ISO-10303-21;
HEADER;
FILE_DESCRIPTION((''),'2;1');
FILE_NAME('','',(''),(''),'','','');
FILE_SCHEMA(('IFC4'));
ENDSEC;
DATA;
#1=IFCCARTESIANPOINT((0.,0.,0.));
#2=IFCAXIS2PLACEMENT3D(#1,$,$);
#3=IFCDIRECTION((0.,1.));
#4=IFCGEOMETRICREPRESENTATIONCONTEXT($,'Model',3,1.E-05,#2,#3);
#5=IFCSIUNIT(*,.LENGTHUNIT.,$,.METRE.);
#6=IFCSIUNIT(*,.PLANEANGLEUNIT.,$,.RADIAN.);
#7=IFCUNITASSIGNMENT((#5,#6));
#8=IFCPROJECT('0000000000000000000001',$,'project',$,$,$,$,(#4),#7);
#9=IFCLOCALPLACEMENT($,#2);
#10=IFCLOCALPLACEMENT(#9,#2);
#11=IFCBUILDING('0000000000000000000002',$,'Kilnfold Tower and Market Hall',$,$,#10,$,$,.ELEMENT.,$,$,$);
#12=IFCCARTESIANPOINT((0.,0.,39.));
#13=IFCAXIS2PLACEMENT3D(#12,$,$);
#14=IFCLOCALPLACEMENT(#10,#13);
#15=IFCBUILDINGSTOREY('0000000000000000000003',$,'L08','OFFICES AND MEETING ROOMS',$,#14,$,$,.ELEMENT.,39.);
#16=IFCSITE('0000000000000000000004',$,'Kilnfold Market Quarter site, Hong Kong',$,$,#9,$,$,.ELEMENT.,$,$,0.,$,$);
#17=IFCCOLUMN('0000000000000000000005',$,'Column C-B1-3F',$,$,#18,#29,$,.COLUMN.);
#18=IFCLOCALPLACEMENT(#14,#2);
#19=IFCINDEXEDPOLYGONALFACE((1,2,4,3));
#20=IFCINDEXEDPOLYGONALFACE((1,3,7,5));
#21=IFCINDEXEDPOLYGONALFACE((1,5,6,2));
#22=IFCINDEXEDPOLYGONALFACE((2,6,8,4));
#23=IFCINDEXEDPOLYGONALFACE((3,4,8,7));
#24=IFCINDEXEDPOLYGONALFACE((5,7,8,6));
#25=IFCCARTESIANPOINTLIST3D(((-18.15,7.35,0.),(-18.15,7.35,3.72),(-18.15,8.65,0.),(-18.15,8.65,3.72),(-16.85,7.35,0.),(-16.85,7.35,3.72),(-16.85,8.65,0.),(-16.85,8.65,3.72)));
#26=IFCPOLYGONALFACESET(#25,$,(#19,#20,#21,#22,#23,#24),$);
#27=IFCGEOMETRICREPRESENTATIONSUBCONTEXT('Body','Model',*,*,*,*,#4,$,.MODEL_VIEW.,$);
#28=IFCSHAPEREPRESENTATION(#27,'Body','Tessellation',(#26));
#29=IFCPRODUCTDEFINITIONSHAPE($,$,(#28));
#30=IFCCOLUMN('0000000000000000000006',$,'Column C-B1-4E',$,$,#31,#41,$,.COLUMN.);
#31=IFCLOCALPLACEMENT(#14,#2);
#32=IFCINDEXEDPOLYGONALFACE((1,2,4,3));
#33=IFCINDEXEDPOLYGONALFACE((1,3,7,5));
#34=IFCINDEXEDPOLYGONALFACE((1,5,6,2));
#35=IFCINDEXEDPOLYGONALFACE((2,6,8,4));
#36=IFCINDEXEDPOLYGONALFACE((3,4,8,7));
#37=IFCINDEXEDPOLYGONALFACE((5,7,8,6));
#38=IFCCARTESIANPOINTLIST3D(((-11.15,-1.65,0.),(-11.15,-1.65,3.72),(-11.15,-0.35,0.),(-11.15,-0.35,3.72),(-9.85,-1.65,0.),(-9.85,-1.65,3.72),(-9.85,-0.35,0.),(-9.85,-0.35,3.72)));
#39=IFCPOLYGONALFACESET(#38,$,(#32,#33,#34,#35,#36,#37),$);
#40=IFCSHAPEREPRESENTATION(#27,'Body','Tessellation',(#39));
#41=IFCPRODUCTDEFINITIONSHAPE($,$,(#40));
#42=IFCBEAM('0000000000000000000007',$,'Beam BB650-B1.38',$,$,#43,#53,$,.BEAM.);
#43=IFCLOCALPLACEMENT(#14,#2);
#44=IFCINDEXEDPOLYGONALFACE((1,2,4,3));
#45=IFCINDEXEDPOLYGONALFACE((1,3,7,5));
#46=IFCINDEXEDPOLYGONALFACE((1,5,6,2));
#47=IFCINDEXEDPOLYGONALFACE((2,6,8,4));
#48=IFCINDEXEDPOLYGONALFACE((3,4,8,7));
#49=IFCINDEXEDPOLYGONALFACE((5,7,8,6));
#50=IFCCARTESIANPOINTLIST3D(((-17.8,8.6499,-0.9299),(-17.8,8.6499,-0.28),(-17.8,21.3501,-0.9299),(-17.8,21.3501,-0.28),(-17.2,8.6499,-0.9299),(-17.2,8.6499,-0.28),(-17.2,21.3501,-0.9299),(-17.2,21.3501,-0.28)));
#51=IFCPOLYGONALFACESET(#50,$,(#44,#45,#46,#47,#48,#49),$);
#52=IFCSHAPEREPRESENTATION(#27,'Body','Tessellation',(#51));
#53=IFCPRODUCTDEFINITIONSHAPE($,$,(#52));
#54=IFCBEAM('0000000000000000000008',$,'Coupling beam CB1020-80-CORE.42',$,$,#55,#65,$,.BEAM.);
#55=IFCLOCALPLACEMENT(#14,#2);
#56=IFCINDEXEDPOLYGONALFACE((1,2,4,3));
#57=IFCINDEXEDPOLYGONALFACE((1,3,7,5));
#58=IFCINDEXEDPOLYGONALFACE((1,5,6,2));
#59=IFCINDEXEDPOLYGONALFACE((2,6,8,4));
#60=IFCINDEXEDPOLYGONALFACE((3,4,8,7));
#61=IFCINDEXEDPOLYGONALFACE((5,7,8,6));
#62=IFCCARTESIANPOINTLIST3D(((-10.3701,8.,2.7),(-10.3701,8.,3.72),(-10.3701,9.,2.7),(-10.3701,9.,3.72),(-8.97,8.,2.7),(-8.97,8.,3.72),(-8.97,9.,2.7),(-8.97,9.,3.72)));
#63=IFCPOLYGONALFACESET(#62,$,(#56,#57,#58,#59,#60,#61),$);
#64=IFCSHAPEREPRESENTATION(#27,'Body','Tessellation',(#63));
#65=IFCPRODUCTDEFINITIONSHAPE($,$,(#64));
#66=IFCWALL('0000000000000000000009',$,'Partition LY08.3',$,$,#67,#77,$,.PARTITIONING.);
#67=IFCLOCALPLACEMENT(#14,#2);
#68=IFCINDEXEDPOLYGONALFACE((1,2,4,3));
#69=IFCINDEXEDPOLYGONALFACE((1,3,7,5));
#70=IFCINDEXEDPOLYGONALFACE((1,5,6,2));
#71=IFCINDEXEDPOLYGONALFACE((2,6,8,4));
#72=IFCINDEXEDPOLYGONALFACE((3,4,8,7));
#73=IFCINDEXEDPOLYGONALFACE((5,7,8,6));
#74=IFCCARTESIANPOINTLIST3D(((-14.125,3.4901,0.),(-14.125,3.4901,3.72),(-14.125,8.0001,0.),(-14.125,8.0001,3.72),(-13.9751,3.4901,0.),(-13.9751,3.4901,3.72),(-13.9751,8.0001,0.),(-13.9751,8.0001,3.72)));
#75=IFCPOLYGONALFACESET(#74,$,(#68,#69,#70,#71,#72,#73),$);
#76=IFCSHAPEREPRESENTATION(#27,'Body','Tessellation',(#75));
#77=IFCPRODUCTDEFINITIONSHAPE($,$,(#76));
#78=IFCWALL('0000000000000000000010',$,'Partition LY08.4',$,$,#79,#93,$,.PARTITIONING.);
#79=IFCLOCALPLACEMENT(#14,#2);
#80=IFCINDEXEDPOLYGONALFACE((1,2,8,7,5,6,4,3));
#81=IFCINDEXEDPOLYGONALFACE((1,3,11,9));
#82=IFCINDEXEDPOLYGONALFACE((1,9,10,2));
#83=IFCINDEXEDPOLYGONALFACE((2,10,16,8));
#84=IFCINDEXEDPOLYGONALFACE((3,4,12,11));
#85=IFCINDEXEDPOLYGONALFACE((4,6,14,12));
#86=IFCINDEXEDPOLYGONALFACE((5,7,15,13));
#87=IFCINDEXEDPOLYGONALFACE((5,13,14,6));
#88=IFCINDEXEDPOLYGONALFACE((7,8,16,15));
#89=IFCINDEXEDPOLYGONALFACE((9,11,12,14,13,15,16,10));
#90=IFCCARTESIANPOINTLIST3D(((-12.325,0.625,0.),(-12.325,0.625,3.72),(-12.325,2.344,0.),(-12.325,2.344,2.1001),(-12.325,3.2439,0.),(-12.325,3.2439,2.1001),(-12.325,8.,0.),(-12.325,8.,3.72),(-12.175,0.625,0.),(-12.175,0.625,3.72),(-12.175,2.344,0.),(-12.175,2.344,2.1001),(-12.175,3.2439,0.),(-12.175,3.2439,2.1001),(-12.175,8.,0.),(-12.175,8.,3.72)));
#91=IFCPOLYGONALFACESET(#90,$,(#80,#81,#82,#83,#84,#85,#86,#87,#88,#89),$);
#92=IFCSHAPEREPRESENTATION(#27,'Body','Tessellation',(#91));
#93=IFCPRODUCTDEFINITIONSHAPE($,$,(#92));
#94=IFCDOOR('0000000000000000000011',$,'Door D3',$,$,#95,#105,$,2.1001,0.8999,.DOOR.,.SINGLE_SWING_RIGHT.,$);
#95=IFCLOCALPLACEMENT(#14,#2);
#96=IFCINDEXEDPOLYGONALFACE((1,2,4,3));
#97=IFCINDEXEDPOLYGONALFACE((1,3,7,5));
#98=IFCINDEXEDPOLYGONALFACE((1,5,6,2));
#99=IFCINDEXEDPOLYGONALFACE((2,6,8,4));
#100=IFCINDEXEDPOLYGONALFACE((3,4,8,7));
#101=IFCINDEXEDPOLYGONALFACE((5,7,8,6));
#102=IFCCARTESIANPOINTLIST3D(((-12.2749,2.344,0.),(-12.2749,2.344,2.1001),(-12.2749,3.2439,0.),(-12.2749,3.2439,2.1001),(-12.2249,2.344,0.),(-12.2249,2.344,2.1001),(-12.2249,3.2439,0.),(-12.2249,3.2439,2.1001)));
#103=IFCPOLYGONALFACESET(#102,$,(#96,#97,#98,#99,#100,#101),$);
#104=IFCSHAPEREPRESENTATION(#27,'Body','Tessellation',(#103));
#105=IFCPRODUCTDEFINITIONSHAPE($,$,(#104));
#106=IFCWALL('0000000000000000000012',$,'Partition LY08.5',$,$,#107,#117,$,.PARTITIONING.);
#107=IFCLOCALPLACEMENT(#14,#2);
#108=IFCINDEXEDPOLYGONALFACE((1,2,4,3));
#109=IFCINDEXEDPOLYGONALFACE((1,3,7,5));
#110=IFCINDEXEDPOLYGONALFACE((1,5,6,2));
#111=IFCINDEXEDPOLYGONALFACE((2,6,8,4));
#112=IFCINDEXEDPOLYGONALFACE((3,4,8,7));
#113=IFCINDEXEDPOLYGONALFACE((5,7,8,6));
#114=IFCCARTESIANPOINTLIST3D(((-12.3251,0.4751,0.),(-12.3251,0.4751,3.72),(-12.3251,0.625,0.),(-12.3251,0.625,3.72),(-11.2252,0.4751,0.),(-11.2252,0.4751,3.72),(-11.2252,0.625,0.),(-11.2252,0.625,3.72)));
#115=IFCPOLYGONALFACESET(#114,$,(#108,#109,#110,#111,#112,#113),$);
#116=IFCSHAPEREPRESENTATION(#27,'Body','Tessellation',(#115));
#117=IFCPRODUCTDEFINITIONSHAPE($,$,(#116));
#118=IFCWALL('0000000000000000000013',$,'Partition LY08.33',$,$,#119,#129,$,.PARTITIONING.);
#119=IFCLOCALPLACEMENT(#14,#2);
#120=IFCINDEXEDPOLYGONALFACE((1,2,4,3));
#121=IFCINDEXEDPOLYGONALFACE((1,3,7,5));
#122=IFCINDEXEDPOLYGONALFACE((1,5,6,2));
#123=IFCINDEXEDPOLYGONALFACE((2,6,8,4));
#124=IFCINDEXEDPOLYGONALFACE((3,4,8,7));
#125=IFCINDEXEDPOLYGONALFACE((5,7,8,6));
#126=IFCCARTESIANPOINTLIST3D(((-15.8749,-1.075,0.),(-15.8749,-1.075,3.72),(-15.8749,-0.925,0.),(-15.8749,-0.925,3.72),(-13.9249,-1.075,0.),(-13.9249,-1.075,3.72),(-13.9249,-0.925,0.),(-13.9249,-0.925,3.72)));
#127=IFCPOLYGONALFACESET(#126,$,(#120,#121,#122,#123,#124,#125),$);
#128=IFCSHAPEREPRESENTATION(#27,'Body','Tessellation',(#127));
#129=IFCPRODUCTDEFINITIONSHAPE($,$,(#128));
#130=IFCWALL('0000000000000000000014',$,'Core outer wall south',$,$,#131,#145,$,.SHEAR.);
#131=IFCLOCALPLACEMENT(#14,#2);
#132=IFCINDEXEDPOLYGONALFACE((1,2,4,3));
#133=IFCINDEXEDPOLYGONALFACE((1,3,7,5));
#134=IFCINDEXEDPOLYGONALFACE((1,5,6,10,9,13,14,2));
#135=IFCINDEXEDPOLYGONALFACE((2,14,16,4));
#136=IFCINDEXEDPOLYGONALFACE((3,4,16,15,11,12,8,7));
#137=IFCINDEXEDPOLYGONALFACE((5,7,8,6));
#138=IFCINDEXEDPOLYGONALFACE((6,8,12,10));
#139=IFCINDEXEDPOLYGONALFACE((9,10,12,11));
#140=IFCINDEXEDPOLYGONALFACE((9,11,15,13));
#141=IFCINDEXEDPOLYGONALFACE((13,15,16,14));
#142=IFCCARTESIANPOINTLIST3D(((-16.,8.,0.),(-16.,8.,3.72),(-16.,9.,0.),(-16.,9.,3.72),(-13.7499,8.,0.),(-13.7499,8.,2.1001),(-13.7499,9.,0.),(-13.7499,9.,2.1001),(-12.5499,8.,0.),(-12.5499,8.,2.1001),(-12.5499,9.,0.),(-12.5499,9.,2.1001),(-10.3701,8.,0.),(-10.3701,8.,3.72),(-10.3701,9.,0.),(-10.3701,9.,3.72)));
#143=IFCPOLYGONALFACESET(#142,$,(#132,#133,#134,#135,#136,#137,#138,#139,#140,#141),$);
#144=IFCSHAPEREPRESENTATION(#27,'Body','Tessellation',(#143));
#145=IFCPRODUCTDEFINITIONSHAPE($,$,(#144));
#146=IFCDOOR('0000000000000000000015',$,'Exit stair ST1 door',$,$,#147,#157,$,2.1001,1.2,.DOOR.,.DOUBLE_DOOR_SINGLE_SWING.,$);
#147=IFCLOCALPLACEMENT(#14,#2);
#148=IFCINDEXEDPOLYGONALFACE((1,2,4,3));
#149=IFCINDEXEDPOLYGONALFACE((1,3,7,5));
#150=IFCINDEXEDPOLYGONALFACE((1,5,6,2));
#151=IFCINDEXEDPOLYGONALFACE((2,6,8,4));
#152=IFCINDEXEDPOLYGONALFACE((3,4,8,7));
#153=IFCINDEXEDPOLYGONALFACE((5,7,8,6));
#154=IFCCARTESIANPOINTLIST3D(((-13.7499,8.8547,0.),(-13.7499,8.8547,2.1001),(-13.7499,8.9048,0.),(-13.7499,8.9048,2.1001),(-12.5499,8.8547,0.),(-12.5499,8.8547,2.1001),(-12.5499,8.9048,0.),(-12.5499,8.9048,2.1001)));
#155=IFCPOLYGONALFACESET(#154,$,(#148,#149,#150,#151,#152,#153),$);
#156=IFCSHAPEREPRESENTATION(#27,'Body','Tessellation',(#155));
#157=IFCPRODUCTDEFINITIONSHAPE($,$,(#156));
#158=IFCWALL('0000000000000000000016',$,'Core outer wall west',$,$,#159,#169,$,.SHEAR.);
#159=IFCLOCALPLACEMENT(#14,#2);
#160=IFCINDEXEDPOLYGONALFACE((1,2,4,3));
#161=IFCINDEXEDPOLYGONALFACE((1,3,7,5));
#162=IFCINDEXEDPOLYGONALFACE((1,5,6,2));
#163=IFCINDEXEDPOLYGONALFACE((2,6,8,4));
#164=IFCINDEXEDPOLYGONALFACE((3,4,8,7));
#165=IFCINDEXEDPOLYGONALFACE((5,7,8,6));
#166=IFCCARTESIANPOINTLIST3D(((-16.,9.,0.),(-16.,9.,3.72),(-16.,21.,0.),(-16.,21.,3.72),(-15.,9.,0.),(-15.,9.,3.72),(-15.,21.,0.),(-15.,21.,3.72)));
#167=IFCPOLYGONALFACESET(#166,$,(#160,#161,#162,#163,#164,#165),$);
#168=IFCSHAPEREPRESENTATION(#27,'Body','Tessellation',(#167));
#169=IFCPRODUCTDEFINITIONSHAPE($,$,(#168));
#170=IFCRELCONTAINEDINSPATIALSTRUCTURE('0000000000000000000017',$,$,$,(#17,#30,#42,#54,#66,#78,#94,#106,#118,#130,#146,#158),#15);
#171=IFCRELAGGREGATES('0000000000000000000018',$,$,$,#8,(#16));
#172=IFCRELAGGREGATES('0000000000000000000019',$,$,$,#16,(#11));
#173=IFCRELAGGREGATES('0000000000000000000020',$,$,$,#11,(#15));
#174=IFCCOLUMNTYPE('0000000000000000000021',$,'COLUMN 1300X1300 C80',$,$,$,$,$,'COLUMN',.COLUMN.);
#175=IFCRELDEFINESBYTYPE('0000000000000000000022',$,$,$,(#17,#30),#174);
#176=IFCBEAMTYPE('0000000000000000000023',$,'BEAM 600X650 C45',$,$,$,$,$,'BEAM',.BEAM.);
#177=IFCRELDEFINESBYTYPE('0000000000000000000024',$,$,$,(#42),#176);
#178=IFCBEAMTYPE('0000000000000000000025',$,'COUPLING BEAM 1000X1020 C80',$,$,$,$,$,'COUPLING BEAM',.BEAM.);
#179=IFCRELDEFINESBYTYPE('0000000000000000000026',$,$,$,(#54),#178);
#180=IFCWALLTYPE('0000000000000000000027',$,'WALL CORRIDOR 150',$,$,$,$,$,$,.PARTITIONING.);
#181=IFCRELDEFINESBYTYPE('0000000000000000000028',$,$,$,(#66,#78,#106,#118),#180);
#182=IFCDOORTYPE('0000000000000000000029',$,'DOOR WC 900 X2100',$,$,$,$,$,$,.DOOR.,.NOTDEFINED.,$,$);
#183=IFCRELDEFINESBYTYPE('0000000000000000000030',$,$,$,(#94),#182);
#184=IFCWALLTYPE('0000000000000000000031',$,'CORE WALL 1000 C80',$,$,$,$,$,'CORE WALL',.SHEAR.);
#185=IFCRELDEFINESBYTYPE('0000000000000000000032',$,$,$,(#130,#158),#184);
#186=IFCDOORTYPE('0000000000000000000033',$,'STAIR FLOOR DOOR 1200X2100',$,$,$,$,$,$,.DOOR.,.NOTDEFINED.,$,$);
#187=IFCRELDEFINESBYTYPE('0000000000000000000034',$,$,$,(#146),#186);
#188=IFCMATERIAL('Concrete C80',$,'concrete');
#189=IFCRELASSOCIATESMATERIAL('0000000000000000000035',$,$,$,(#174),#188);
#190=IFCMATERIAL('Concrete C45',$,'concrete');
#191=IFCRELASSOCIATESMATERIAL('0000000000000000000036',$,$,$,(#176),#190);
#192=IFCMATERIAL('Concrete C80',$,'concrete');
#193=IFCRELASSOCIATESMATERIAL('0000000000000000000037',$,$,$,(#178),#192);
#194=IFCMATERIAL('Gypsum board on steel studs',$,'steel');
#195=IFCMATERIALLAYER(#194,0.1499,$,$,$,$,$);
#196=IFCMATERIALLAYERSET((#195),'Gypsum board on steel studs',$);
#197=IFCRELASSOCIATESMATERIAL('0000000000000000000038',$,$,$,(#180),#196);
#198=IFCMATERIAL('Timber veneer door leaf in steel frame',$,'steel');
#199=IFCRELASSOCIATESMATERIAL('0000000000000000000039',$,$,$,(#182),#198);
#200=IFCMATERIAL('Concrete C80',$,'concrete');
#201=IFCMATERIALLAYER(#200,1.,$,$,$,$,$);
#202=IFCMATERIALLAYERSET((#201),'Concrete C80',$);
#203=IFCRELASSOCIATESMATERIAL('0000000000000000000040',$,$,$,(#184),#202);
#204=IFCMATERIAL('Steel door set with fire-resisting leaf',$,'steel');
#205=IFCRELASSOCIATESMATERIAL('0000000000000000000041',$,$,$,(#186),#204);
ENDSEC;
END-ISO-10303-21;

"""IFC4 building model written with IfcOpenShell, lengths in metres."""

from ifc_helpers import new_model, si_unit, direction, frame, frame_2d, origin, origin_2d, place, context, subcontext, project, spatial, rectangle, extrude, source, transform, mapped, material, layer, layer_set, material_profile, profile_set, type_object, element, fill, save


model = new_model("IFC4")

# Units and contexts
model_context = context("Model", 3, precision=1e-05, world=origin(), true_north=direction((0.0, 1.0)))
body_context = subcontext(model_context, "Body", "Model", "MODEL_VIEW")
ifc_project = project(units=[si_unit("LENGTHUNIT", "METRE"), si_unit("PLANEANGLEUNIT", "RADIAN")], contexts=[model_context])

# Site, building, storey
site_placement = place(None, origin())
site = spatial("IfcSite", under=ifc_project, at=site_placement, Name="Kilnfold Market Quarter site, Hong Kong", CompositionType="ELEMENT", RefElevation=0.0)
building_placement = place(site_placement, origin())
building = spatial("IfcBuilding", under=site, at=building_placement, Name="Kilnfold Tower and Market Hall", CompositionType="ELEMENT")
storey_placement = place(building_placement, frame((0.0, 0.0, 39.0)))
storey = spatial("IfcBuildingStorey", under=building, at=storey_placement, Name="L08", Description="OFFICES AND MEETING ROOMS", CompositionType="ELEMENT", Elevation=39.0)

# Columns
ifc_material_1 = material(Name="Concrete C80", Category="concrete")
ifc_material_profile_1 = material_profile(ifc_material_1, rectangle(XDim=1.3, YDim=1.3, at=origin_2d()), Name="RC 1300x1300")
ifc_profile_set_1 = profile_set([ifc_material_profile_1], Name="Concrete C80")
column_type = type_object("IfcColumnType", Name="COLUMN 1300X1300 C80", ElementType="COLUMN", PredefinedType="COLUMN", material=ifc_profile_set_1)
shared_shape_1 = source(origin(), body_context, "Body", "SweptSolid", [
    extrude(rectangle(XDim=1.3, YDim=1.3, at=origin_2d()), origin(), (0.0, 0.0, 1.0), 3.72),
])
for number, where, z_axis, x_axis, name in (
    (1, (-17.5, 8.0, 0.0), (0.0, 0.0, 1.0), (1.0, 0.0, 0.0), "Column C-B1-3F"),
    (2, (-10.5, -1.0, 0.0), (0.0, 0.0, 1.0), (1.0, 0.0, 0.0), "Column C-B1-4E"),
):
    element("IfcColumn", number, at=place(storey_placement, frame(where, z_axis=z_axis, x_axis=x_axis)), inside=storey, type_object=column_type, Name=name, PredefinedType="COLUMN", context=body_context, shape_type="MappedRepresentation", body=[
        mapped(shared_shape_1, transform((0.0, 0.0, 0.0))),
    ])

# Beams
ifc_material_2 = material(Name="Concrete C45", Category="concrete")
ifc_material_profile_2 = material_profile(ifc_material_2, rectangle(XDim=0.6001, YDim=0.6499, at=origin_2d()), Name="RC 600x650")
ifc_profile_set_2 = profile_set([ifc_material_profile_2], Name="Concrete C45")
beam_type_1 = type_object("IfcBeamType", Name="BEAM 600X650 C45", ElementType="BEAM", PredefinedType="BEAM", material=ifc_profile_set_2)
shared_shape_2 = source(origin(), body_context, "Body", "SweptSolid", [
    extrude(rectangle(XDim=0.6001, YDim=0.6499, at=origin_2d()), origin(), (0.0, 0.0, 1.0), 12.7002),
])
beam_1_placement = place(storey_placement, frame((-17.5, 8.6499, -0.605), z_axis=(0.0, 1.0, 0.0), x_axis=(-1.0, 0.0, 0.0)))
element("IfcBeam", 3, at=beam_1_placement, inside=storey, type_object=beam_type_1, Name="Beam BB650-B1.38", PredefinedType="BEAM", context=body_context, shape_type="MappedRepresentation", body=[
    mapped(shared_shape_2, transform((0.0, 0.0, 0.0))),
])
ifc_material_3 = material(Name="Concrete C80", Category="concrete")
ifc_material_profile_3 = material_profile(ifc_material_3, rectangle(XDim=1.0, YDim=1.02, at=origin_2d()), Name="RC 1000x1020")
ifc_profile_set_3 = profile_set([ifc_material_profile_3], Name="Concrete C80")
beam_type_2 = type_object("IfcBeamType", Name="COUPLING BEAM 1000X1020 C80", ElementType="COUPLING BEAM", PredefinedType="BEAM", material=ifc_profile_set_3)
shared_shape_3 = source(origin(), body_context, "Body", "SweptSolid", [
    extrude(rectangle(XDim=1.0, YDim=1.02, at=origin_2d()), origin(), (0.0, 0.0, 1.0), 1.4001),
])
beam_2_placement = place(storey_placement, frame((-10.3701, 8.5, 3.21), z_axis=(1.0, 0.0, 0.0), x_axis=(0.0, 1.0, 0.0)))
element("IfcBeam", 4, at=beam_2_placement, inside=storey, type_object=beam_type_2, Name="Coupling beam CB1020-80-CORE.42", PredefinedType="BEAM", context=body_context, shape_type="MappedRepresentation", body=[
    mapped(shared_shape_3, transform((0.0, 0.0, 0.0))),
])

# Wall
ifc_material_4 = material(Name="Gypsum board on steel studs", Category="steel")
ifc_layer_1 = layer(ifc_material_4, 0.1499)
ifc_layer_set_1 = layer_set([ifc_layer_1], Name="Gypsum board on steel studs")
wall_type_1 = type_object("IfcWallType", Name="WALL CORRIDOR 150", PredefinedType="PARTITIONING", material=ifc_layer_set_1)
wall_1_placement = place(storey_placement, frame((-14.05, 8.0, 0.0), z_axis=(0.0, 0.0, 1.0), x_axis=(0.0, -1.0, 0.0)))
element("IfcWall", 5, at=wall_1_placement, inside=storey, type_object=wall_type_1, Name="Partition LY08.3", PredefinedType="PARTITIONING", context=body_context, shape_type="SweptSolid", body=[
    extrude(rectangle(XDim=4.51, YDim=0.1499, at=frame_2d((2.2549, 0.0))), origin(), (0.0, 0.0, 1.0), 3.72),
])

# Wall, opening, door
wall_2_placement = place(storey_placement, frame((-12.25, 0.625, 0.0), z_axis=(0.0, 0.0, 1.0), x_axis=(0.0, 1.0, 0.0)))
wall_2 = element("IfcWall", 6, at=wall_2_placement, inside=storey, type_object=wall_type_1, Name="Partition LY08.4", PredefinedType="PARTITIONING", context=body_context, shape_type="SweptSolid", body=[
    extrude(rectangle(XDim=7.375, YDim=0.1499, at=frame_2d((3.6875, 0.0))), origin(), (0.0, 0.0, 1.0), 3.72),
])
opening_1_placement = place(wall_2_placement, frame((1.719, 0.0, 0.0)))
opening_1 = element("IfcOpeningElement", 7, at=opening_1_placement, cuts=wall_2, PredefinedType="OPENING", context=body_context, shape_type="SweptSolid", body=[
    extrude(rectangle(XDim=0.8999, YDim=2.1001, at=frame_2d((0.45, 1.05))), frame((0.0, 0.085, 0.0), z_axis=(0.0, -1.0, 0.0), x_axis=(1.0, 0.0, 0.0)), (0.0, 0.0, 1.0), 0.1699),
])
ifc_material_5 = material(Name="Timber veneer door leaf in steel frame", Category="steel")
door_type_1 = type_object("IfcDoorType", Name="DOOR WC 900 X2100", OperationType="NOTDEFINED", PredefinedType="DOOR", material=ifc_material_5)
door_1_placement = place(opening_1_placement, origin())
door_1 = element("IfcDoor", 8, at=door_1_placement, inside=storey, type_object=door_type_1, Name="Door D3", OperationType="SINGLE_SWING_RIGHT", OverallHeight=2.1001, OverallWidth=0.8999, PredefinedType="DOOR", context=body_context, shape_type="SweptSolid", body=[
    extrude(rectangle(XDim=0.8999, YDim=2.1001, at=frame_2d((0.45, 1.05))), frame((0.0, 0.0249, 0.0), z_axis=(0.0, -1.0, 0.0), x_axis=(1.0, 0.0, 0.0)), (0.0, 0.0, 1.0), 0.05),
])
fill(opening_1, door_1)

# Walls
wall_3_placement = place(storey_placement, frame((-12.325, 0.55, 0.0), z_axis=(0.0, 0.0, 1.0), x_axis=(1.0, 0.0, 0.0)))
element("IfcWall", 9, at=wall_3_placement, inside=storey, type_object=wall_type_1, Name="Partition LY08.5", PredefinedType="PARTITIONING", context=body_context, shape_type="SweptSolid", body=[
    extrude(rectangle(XDim=1.0999, YDim=0.1499, at=frame_2d((0.5498, 0.0))), origin(), (0.0, 0.0, 1.0), 3.72),
])
wall_4_placement = place(storey_placement, frame((-15.875, -1.0, 0.0), z_axis=(0.0, 0.0, 1.0), x_axis=(1.0, 0.0, 0.0)))
element("IfcWall", 10, at=wall_4_placement, inside=storey, type_object=wall_type_1, Name="Partition LY08.33", PredefinedType="PARTITIONING", context=body_context, shape_type="SweptSolid", body=[
    extrude(rectangle(XDim=1.95, YDim=0.1499, at=frame_2d((0.9751, 0.0))), origin(), (0.0, 0.0, 1.0), 3.72),
])

# Wall, opening, door
ifc_material_6 = material(Name="Concrete C80", Category="concrete")
ifc_layer_2 = layer(ifc_material_6, 1.0)
ifc_layer_set_2 = layer_set([ifc_layer_2], Name="Concrete C80")
wall_type_2 = type_object("IfcWallType", Name="CORE WALL 1000 C80", ElementType="CORE WALL", PredefinedType="SHEAR", material=ifc_layer_set_2)
shared_shape_4 = source(origin(), body_context, "Body", "SweptSolid", [
    extrude(rectangle(XDim=5.6299, YDim=1.0, at=frame_2d((2.8149, 0.0))), origin(), (0.0, 0.0, 1.0), 3.72),
])
wall_5_placement = place(storey_placement, frame((-16.0, 8.5, 0.0), z_axis=(0.0, 0.0, 1.0), x_axis=(1.0, 0.0, 0.0)))
wall_5 = element("IfcWall", 11, at=wall_5_placement, inside=storey, type_object=wall_type_2, Name="Core outer wall south", PredefinedType="SHEAR", context=body_context, shape_type="MappedRepresentation", body=[
    mapped(shared_shape_4, transform((0.0, 0.0, 0.0))),
])
opening_2_placement = place(wall_5_placement, frame((2.25, 0.0, 0.0)))
opening_2 = element("IfcOpeningElement", 12, at=opening_2_placement, cuts=wall_5, PredefinedType="OPENING", context=body_context, shape_type="SweptSolid", body=[
    extrude(rectangle(XDim=1.2, YDim=2.1001, at=frame_2d((0.6001, 1.05))), frame((0.0, 0.51, 0.0), z_axis=(0.0, -1.0, 0.0), x_axis=(1.0, 0.0, 0.0)), (0.0, 0.0, 1.0), 1.02),
])
ifc_material_7 = material(Name="Steel door set with fire-resisting leaf", Category="steel")
door_type_2 = type_object("IfcDoorType", Name="STAIR FLOOR DOOR 1200X2100", OperationType="NOTDEFINED", PredefinedType="DOOR", material=ifc_material_7)
door_2_placement = place(opening_2_placement, origin())
door_2 = element("IfcDoor", 13, at=door_2_placement, inside=storey, type_object=door_type_2, Name="Exit stair ST1 door", OperationType="DOUBLE_DOOR_SINGLE_SWING", OverallHeight=2.1001, OverallWidth=1.2, PredefinedType="DOOR", context=body_context, shape_type="SweptSolid", body=[
    extrude(rectangle(XDim=1.2, YDim=2.1001, at=frame_2d((0.6001, 1.05))), frame((0.0, 0.4048, 0.0), z_axis=(0.0, -1.0, 0.0), x_axis=(1.0, 0.0, 0.0)), (0.0, 0.0, 1.0), 0.05),
])
fill(opening_2, door_2)

# Wall
shared_shape_5 = source(origin(), body_context, "Body", "SweptSolid", [
    extrude(rectangle(XDim=12.0, YDim=1.0, at=frame_2d((6.0, 0.0))), origin(), (0.0, 0.0, 1.0), 3.72),
])
wall_6_placement = place(storey_placement, frame((-15.5, 9.0, 0.0), z_axis=(0.0, 0.0, 1.0), x_axis=(0.0, 1.0, 0.0)))
element("IfcWall", 14, at=wall_6_placement, inside=storey, type_object=wall_type_2, Name="Core outer wall west", PredefinedType="SHEAR", context=body_context, shape_type="MappedRepresentation", body=[
    mapped(shared_shape_5, transform((0.0, 0.0, 0.0))),
])

save(model, "model.ifc")
